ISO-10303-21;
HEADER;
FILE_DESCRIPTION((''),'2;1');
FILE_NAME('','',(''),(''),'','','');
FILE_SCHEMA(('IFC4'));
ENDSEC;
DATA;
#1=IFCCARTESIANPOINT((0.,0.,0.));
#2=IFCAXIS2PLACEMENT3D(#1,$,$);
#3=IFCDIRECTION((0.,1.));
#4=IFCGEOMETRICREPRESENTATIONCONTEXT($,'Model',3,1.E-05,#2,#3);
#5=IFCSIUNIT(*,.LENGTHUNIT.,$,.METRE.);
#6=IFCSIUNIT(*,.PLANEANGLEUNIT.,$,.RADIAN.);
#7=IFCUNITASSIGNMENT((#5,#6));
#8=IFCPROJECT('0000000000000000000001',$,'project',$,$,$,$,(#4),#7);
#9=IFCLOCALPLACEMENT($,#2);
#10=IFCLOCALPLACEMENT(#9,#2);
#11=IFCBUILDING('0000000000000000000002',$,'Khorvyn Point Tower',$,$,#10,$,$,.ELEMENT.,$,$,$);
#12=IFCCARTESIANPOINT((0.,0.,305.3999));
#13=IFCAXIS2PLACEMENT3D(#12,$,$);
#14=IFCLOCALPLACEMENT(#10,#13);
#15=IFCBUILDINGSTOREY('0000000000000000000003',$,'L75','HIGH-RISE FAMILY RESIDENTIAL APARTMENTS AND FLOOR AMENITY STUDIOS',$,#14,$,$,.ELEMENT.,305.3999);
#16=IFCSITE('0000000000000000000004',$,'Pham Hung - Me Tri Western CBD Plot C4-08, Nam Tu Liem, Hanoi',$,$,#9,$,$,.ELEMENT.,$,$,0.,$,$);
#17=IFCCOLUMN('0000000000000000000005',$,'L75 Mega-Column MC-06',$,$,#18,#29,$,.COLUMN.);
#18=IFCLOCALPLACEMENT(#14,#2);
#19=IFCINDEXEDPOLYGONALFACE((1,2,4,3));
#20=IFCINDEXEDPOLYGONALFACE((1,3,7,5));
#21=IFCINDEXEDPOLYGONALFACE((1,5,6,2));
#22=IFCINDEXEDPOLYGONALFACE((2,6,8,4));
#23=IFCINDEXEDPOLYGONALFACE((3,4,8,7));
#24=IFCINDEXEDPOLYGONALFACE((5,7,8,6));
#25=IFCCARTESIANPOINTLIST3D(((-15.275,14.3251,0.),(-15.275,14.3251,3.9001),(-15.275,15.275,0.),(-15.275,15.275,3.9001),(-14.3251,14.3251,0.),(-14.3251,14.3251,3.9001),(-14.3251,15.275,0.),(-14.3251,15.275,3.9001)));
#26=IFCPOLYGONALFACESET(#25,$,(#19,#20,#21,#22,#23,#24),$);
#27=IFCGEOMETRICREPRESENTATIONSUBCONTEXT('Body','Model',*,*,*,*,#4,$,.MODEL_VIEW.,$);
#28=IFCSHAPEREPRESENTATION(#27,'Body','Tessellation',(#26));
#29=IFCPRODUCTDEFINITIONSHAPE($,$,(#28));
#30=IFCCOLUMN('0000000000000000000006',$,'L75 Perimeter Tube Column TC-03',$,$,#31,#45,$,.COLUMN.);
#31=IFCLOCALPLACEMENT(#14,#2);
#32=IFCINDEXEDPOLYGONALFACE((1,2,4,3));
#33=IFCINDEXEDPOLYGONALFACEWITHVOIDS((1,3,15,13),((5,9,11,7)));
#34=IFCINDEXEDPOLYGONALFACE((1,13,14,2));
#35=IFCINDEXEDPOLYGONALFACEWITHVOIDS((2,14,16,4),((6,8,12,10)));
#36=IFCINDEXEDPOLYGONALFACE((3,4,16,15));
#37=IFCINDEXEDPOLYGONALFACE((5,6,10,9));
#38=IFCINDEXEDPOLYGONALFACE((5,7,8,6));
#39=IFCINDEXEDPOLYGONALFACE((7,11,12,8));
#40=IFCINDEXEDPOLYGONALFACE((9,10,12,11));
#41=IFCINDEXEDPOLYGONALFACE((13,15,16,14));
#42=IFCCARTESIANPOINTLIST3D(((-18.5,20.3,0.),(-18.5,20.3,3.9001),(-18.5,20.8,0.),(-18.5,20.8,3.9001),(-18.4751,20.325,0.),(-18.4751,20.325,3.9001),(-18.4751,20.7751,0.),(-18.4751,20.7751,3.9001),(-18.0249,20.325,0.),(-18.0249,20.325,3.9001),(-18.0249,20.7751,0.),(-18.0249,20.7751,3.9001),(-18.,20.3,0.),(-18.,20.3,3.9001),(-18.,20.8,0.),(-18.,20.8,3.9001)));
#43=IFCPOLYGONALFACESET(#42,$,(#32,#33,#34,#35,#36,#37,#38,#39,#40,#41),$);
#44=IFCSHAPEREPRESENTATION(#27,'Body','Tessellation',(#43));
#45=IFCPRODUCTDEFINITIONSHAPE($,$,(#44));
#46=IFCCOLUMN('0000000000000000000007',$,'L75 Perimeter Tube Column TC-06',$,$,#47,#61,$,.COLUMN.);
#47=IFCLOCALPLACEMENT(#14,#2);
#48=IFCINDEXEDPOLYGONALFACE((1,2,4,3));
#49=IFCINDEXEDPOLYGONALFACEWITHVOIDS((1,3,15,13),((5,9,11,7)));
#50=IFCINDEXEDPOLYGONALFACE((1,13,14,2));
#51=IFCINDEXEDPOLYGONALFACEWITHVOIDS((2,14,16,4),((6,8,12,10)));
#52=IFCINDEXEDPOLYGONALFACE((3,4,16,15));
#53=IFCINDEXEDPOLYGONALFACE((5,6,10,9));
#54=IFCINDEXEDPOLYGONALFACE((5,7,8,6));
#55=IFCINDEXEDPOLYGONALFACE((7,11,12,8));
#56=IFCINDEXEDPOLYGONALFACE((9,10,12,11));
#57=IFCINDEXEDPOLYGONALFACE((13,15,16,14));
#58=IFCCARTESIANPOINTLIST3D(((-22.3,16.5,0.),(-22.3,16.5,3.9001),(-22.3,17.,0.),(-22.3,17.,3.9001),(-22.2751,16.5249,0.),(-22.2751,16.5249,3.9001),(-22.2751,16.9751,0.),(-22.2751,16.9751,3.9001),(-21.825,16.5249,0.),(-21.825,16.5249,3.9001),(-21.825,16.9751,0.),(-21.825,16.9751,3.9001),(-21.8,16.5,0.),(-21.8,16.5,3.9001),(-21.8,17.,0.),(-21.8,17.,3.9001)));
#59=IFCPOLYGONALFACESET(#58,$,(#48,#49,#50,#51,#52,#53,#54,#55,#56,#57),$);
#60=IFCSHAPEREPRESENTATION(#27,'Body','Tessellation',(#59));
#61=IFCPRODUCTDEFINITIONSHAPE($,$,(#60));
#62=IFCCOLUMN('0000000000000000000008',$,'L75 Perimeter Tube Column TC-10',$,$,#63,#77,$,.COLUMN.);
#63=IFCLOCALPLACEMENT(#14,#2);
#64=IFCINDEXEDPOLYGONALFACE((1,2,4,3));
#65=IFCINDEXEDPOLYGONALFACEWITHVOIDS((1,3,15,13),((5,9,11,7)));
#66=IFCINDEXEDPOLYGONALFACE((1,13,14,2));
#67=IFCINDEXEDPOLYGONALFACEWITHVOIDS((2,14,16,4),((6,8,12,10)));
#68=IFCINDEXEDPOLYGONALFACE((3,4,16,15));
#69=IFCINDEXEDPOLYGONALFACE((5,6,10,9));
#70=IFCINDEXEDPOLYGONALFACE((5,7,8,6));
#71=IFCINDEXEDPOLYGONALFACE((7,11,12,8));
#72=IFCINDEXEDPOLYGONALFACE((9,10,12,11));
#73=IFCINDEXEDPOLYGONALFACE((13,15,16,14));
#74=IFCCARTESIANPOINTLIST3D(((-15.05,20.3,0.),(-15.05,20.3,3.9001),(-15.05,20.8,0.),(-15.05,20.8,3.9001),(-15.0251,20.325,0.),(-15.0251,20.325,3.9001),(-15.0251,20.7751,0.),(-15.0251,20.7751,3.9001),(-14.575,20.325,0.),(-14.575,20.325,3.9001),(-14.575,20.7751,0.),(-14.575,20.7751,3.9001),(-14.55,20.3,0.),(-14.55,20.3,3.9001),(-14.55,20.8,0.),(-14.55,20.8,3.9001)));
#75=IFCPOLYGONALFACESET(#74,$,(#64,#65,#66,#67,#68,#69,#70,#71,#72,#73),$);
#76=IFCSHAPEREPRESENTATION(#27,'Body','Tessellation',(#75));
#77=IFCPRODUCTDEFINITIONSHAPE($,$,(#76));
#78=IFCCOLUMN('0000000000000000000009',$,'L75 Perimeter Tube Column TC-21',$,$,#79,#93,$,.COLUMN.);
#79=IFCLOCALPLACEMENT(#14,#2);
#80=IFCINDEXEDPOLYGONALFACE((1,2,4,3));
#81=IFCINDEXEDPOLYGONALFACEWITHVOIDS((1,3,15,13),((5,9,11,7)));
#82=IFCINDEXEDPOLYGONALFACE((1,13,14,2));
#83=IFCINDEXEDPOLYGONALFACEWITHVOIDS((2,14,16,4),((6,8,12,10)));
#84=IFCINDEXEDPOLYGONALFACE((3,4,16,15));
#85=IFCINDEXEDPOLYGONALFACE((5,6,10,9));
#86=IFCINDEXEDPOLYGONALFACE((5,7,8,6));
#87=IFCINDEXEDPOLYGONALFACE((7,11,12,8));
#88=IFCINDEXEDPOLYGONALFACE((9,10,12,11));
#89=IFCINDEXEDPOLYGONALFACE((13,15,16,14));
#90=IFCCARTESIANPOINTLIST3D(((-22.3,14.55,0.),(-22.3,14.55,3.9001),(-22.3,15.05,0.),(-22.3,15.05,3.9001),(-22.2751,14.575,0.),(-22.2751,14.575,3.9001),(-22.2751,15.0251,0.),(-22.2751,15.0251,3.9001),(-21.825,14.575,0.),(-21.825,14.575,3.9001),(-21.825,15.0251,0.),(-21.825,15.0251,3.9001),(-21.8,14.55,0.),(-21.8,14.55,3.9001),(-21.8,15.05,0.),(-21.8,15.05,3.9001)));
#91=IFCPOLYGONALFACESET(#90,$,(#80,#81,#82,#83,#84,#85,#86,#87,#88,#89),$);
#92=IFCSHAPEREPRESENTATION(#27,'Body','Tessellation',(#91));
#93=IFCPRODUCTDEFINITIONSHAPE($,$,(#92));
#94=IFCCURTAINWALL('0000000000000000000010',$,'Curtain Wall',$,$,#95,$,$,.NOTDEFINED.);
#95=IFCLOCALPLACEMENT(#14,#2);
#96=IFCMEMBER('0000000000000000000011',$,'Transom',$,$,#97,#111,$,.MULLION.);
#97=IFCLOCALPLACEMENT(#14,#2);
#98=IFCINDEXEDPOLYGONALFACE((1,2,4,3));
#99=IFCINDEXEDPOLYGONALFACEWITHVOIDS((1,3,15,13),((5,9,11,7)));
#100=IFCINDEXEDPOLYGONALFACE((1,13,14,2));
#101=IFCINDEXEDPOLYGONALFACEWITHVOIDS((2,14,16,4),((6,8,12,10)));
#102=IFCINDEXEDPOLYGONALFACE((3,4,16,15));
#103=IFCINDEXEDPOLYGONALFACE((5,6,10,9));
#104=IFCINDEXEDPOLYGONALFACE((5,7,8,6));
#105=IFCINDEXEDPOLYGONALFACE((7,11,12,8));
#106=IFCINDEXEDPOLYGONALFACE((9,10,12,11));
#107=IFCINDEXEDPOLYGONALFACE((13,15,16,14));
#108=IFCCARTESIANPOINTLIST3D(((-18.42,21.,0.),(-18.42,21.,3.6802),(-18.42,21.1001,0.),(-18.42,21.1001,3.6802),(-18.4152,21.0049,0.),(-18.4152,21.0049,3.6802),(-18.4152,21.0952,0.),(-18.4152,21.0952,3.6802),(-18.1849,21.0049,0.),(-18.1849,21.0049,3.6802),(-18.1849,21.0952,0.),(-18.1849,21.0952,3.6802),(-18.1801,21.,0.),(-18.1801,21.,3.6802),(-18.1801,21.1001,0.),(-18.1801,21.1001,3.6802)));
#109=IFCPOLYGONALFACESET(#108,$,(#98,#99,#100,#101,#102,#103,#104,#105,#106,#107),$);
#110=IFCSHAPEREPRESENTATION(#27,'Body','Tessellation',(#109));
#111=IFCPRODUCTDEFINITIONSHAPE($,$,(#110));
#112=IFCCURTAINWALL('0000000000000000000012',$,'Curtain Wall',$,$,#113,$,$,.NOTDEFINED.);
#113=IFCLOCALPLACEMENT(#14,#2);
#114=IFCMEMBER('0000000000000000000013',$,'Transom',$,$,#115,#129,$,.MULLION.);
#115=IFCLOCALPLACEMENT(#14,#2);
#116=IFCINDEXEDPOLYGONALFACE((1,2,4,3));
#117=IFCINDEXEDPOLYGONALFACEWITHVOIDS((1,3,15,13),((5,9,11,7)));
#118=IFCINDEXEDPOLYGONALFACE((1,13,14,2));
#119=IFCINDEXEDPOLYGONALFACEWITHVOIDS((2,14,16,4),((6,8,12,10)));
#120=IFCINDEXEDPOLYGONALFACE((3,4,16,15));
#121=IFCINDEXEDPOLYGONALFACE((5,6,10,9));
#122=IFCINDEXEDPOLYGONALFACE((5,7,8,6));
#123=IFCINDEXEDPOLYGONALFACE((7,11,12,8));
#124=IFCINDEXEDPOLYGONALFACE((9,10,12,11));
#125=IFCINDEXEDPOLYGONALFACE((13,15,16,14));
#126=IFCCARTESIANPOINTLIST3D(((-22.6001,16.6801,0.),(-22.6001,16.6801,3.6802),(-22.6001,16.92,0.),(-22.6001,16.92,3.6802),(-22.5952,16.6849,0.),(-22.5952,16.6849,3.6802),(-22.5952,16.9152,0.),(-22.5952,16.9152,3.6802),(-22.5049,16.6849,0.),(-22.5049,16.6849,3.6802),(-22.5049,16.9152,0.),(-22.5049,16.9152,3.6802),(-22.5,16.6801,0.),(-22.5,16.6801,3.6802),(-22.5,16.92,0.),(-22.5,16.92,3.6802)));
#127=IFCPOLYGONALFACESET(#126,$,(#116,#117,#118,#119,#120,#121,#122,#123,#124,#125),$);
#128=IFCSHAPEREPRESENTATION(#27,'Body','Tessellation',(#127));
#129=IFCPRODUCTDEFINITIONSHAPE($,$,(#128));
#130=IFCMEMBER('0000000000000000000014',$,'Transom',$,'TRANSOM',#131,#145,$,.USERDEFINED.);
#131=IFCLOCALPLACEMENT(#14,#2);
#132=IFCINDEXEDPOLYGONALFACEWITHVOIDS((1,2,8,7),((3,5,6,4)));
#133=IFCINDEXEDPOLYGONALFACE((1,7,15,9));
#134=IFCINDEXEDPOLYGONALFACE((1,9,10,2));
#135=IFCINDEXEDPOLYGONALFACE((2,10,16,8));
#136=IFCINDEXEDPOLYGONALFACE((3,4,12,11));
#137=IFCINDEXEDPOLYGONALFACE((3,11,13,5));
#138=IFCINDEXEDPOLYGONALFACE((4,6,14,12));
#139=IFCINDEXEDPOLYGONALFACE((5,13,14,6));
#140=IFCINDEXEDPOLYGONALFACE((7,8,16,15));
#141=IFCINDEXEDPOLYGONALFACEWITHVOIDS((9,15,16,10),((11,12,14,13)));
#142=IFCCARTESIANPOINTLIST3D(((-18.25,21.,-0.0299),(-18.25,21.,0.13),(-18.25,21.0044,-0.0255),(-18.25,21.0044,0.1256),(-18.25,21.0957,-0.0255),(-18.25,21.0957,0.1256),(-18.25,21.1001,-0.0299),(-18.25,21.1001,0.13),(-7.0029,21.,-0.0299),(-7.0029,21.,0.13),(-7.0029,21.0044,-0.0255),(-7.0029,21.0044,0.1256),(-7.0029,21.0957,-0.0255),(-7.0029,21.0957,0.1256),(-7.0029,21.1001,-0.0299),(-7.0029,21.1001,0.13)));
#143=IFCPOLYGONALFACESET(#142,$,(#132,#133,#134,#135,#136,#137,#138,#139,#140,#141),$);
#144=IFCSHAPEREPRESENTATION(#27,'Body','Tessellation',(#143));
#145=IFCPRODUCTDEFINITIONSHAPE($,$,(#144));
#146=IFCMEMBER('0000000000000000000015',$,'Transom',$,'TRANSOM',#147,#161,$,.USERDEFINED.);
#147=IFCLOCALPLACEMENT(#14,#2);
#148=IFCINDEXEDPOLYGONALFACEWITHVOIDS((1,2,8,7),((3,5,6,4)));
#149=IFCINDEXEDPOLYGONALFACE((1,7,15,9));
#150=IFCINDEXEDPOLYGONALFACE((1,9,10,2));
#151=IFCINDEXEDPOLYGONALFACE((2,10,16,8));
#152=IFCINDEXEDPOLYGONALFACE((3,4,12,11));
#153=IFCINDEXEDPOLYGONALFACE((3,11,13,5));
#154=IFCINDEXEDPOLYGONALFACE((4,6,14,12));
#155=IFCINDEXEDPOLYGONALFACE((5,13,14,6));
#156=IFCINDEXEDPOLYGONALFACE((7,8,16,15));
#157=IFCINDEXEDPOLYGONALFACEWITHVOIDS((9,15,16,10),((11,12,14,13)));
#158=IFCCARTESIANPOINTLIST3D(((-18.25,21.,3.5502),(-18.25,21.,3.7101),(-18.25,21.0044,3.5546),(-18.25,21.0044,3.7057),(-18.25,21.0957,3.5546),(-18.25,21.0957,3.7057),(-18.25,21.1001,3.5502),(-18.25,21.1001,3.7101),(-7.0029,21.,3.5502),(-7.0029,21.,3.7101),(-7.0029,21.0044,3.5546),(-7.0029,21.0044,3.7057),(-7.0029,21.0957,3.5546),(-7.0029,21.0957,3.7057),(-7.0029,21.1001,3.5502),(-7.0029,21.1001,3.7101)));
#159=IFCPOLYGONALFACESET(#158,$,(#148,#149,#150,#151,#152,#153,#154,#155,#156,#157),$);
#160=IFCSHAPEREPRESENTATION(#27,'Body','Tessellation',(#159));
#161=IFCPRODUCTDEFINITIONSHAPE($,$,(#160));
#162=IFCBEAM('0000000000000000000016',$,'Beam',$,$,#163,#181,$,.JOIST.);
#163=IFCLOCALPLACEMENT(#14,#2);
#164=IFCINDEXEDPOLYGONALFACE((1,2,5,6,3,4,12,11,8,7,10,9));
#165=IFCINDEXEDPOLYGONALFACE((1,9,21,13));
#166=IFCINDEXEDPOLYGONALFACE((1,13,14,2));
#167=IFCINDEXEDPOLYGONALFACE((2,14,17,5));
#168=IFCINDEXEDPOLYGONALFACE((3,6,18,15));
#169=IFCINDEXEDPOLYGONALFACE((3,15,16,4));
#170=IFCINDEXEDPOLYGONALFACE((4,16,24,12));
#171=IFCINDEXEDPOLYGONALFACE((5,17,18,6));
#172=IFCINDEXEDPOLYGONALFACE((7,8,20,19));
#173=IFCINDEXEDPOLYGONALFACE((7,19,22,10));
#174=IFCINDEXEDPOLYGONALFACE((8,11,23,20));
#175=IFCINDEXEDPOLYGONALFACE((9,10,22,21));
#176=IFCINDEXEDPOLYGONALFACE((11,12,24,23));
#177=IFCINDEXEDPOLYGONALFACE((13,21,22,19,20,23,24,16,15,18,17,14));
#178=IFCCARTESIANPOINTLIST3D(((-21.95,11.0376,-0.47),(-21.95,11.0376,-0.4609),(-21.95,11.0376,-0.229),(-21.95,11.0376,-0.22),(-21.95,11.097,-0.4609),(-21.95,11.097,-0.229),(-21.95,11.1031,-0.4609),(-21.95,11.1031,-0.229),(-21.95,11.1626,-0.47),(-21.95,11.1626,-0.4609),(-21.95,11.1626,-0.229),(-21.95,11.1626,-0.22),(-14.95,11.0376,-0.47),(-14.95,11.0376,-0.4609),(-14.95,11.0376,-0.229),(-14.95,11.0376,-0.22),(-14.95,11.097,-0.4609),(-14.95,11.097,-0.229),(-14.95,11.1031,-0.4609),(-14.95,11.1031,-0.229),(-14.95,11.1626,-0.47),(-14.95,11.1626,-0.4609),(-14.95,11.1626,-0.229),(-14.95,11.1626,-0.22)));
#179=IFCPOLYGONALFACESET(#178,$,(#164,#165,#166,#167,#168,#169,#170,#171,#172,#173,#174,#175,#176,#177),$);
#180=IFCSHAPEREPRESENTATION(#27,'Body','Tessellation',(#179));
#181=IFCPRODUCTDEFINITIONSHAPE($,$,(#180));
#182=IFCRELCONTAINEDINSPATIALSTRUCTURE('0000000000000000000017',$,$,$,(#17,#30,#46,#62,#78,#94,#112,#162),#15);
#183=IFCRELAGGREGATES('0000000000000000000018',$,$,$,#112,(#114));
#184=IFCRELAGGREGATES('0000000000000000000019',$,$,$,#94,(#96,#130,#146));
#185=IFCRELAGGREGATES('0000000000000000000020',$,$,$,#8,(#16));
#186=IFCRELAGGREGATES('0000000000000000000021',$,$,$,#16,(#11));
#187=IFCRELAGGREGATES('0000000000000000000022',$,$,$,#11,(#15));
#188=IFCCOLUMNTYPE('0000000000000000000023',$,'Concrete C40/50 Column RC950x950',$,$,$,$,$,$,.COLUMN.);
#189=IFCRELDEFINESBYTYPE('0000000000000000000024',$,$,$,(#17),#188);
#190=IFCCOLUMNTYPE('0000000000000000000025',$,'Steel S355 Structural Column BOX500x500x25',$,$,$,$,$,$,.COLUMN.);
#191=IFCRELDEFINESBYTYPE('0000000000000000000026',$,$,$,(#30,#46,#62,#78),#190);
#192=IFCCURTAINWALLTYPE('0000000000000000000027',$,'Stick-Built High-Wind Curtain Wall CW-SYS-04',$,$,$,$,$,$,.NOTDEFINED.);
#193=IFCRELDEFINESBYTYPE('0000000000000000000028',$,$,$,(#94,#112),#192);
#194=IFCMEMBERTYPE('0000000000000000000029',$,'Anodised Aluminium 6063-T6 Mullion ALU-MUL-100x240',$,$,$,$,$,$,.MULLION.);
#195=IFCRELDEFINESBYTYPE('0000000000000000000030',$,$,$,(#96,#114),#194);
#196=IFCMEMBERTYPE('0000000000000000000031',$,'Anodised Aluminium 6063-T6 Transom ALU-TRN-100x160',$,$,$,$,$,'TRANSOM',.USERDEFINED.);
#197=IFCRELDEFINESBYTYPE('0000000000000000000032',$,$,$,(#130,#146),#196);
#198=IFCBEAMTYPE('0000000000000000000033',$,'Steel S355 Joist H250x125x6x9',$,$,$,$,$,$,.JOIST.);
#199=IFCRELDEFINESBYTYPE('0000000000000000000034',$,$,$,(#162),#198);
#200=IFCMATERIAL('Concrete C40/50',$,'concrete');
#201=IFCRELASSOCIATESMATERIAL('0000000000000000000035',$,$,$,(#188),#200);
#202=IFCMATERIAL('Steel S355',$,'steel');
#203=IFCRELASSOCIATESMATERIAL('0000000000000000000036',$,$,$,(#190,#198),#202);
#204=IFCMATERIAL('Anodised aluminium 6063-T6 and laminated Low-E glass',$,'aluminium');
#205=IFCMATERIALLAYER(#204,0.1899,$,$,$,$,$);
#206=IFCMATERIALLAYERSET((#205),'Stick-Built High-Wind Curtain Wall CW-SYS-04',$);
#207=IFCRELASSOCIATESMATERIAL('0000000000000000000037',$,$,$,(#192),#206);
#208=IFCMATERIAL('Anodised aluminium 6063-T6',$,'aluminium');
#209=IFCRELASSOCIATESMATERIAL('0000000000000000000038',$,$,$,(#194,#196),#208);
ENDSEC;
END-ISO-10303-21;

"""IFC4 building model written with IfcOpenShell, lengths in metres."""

from ifc_helpers import new_model, si_unit, direction, frame, origin, origin_2d, place, context, subcontext, project, spatial, rectangle, hollow_rectangle, i_section, extrude, material, layer, layer_set, material_profile, profile_set, type_object, element, aggregate, save


model = new_model("IFC4")

# Units and contexts
model_context = context("Model", 3, precision=1e-05, world=origin(), true_north=direction((0.0, 1.0)))
body_context = subcontext(model_context, "Body", "Model", "MODEL_VIEW")
ifc_project = project(units=[si_unit("LENGTHUNIT", "METRE"), si_unit("PLANEANGLEUNIT", "RADIAN")], contexts=[model_context])

# Site, building, storey
site_placement = place(None, origin())
site = spatial("IfcSite", under=ifc_project, at=site_placement, Name="Pham Hung - Me Tri Western CBD Plot C4-08, Nam Tu Liem, Hanoi", CompositionType="ELEMENT", RefElevation=0.0)
building_placement = place(site_placement, origin())
building = spatial("IfcBuilding", under=site, at=building_placement, Name="Khorvyn Point Tower", CompositionType="ELEMENT")
storey_placement = place(building_placement, frame((0.0, 0.0, 305.3999)))
storey = spatial("IfcBuildingStorey", under=building, at=storey_placement, Name="L75", Description="HIGH-RISE FAMILY RESIDENTIAL APARTMENTS AND FLOOR AMENITY STUDIOS", CompositionType="ELEMENT", Elevation=305.3999)

# Columns
ifc_material_1 = material(Name="Concrete C40/50", Category="concrete")
ifc_material_profile_1 = material_profile(ifc_material_1, rectangle(XDim=0.95, YDim=0.95, at=origin_2d()))
ifc_profile_set_1 = profile_set([ifc_material_profile_1], Name="Concrete C40/50 RC950x950")
column_type_1 = type_object("IfcColumnType", Name="Concrete C40/50 Column RC950x950", PredefinedType="COLUMN", material=ifc_profile_set_1)
column_placement = place(storey_placement, frame((-14.8, 14.8, 0.0), z_axis=(0.0, 0.0, 1.0), x_axis=(1.0, 0.0, 0.0)))
element("IfcColumn", 1, at=column_placement, inside=storey, type_object=column_type_1, Name="L75 Mega-Column MC-06", PredefinedType="COLUMN", context=body_context, shape_type="SweptSolid", body=[
    extrude(rectangle(XDim=0.95, YDim=0.95, at=origin_2d()), origin(), (0.0, 0.0, 1.0), 3.9001),
])
ifc_material_2 = material(Name="Steel S355", Category="steel")
ifc_material_profile_2 = material_profile(ifc_material_2, hollow_rectangle(XDim=0.5, YDim=0.5, WallThickness=0.0249, at=origin_2d()))
ifc_profile_set_2 = profile_set([ifc_material_profile_2], Name="Steel S355 BOX500x500x25")
column_type_2 = type_object("IfcColumnType", Name="Steel S355 Structural Column BOX500x500x25", PredefinedType="COLUMN", material=ifc_profile_set_2)
for number, where, z_axis, x_axis, name in (
    (2, (-18.25, 20.55, 0.0), (0.0, 0.0, 1.0), (1.0, 0.0, 0.0), "L75 Perimeter Tube Column TC-03"),
    (3, (-22.05, 16.75, 0.0), (0.0, 0.0, 1.0), (1.0, 0.0, 0.0), "L75 Perimeter Tube Column TC-06"),
    (4, (-14.8, 20.55, 0.0), (0.0, 0.0, 1.0), (1.0, 0.0, 0.0), "L75 Perimeter Tube Column TC-10"),
    (5, (-22.05, 14.8, 0.0), (0.0, 0.0, 1.0), (1.0, 0.0, 0.0), "L75 Perimeter Tube Column TC-21"),
):
    element("IfcColumn", number, at=place(storey_placement, frame(where, z_axis=z_axis, x_axis=x_axis)), inside=storey, type_object=column_type_2, Name=name, PredefinedType="COLUMN", context=body_context, shape_type="SweptSolid", body=[
        extrude(hollow_rectangle(XDim=0.5, YDim=0.5, WallThickness=0.0249, at=origin_2d()), origin(), (0.0, 0.0, 1.0), 3.9001),
    ])

# Curtain walls, members
ifc_material_3 = material(Name="Anodised aluminium 6063-T6 and laminated Low-E glass", Category="aluminium")
ifc_layer_1 = layer(ifc_material_3, 0.1899)
ifc_layer_set_1 = layer_set([ifc_layer_1], Name="Stick-Built High-Wind Curtain Wall CW-SYS-04")
curtain_wall_type = type_object("IfcCurtainWallType", Name="Stick-Built High-Wind Curtain Wall CW-SYS-04", PredefinedType="NOTDEFINED", material=ifc_layer_set_1)
curtain_wall_1_placement = place(storey_placement, origin())
curtain_wall_1 = element("IfcCurtainWall", 6, at=curtain_wall_1_placement, inside=storey, type_object=curtain_wall_type, Name="Curtain Wall", PredefinedType="NOTDEFINED")
ifc_material_4 = material(Name="Anodised aluminium 6063-T6", Category="aluminium")
ifc_material_profile_3 = material_profile(ifc_material_4, hollow_rectangle(XDim=0.1001, YDim=0.24, WallThickness=0.0049, at=origin_2d()))
ifc_profile_set_3 = profile_set([ifc_material_profile_3], Name="Anodised aluminium 6063-T6 ALU-MUL-100x240")
member_type_1 = type_object("IfcMemberType", Name="Anodised Aluminium 6063-T6 Mullion ALU-MUL-100x240", PredefinedType="MULLION", material=ifc_profile_set_3)
member_1_placement = place(storey_placement, frame((-18.3, 21.05, 0.0), z_axis=(0.0, 0.0, 1.0), x_axis=(0.0, 1.0, 0.0)))
member_1 = element("IfcMember", 7, at=member_1_placement, type_object=member_type_1, Name="Transom", PredefinedType="MULLION", context=body_context, shape_type="SweptSolid", body=[
    extrude(hollow_rectangle(XDim=0.1001, YDim=0.24, WallThickness=0.0049, at=origin_2d()), origin(), (0.0, 0.0, 1.0), 3.6802),
])
curtain_wall_2_placement = place(storey_placement, origin())
curtain_wall_2 = element("IfcCurtainWall", 8, at=curtain_wall_2_placement, inside=storey, type_object=curtain_wall_type, Name="Curtain Wall", PredefinedType="NOTDEFINED")
member_2_placement = place(storey_placement, frame((-22.55, 16.8, 0.0), z_axis=(0.0, 0.0, 1.0), x_axis=(-1.0, 0.0, 0.0)))
member_2 = element("IfcMember", 9, at=member_2_placement, type_object=member_type_1, Name="Transom", PredefinedType="MULLION", context=body_context, shape_type="SweptSolid", body=[
    extrude(hollow_rectangle(XDim=0.1001, YDim=0.24, WallThickness=0.0049, at=origin_2d()), origin(), (0.0, 0.0, 1.0), 3.6802),
])
aggregate(curtain_wall_2, [member_2])

# Members
ifc_material_profile_4 = material_profile(ifc_material_4, hollow_rectangle(XDim=0.1001, YDim=0.1599, WallThickness=0.0044, at=origin_2d()))
ifc_profile_set_4 = profile_set([ifc_material_profile_4], Name="Anodised aluminium 6063-T6 ALU-TRN-100x160")
member_type_2 = type_object("IfcMemberType", Name="Anodised Aluminium 6063-T6 Transom ALU-TRN-100x160", ElementType="TRANSOM", PredefinedType="USERDEFINED", material=ifc_profile_set_4)
member_3_placement = place(storey_placement, frame((-18.25, 21.05, 0.05), z_axis=(1.0, 0.0, 0.0), x_axis=(0.0, 1.0, 0.0)))
member_3 = element("IfcMember", 10, at=member_3_placement, type_object=member_type_2, Name="Transom", ObjectType="TRANSOM", PredefinedType="USERDEFINED", context=body_context, shape_type="SweptSolid", body=[
    extrude(hollow_rectangle(XDim=0.1001, YDim=0.1599, WallThickness=0.0044, at=origin_2d()), origin(), (0.0, 0.0, 1.0), 11.2471),
])
member_4_placement = place(storey_placement, frame((-18.25, 21.05, 3.6301), z_axis=(1.0, 0.0, 0.0), x_axis=(0.0, 1.0, 0.0)))
member_4 = element("IfcMember", 11, at=member_4_placement, type_object=member_type_2, Name="Transom", ObjectType="TRANSOM", PredefinedType="USERDEFINED", context=body_context, shape_type="SweptSolid", body=[
    extrude(hollow_rectangle(XDim=0.1001, YDim=0.1599, WallThickness=0.0044, at=origin_2d()), origin(), (0.0, 0.0, 1.0), 11.2471),
])
aggregate(curtain_wall_1, [member_1, member_3, member_4])

# Beam
ifc_material_profile_5 = material_profile(ifc_material_2, i_section(OverallWidth=0.125, OverallDepth=0.25, WebThickness=0.0061, FlangeThickness=0.009, at=origin_2d()))
ifc_profile_set_5 = profile_set([ifc_material_profile_5], Name="Steel S355 H250x125x6x9")
beam_type_1 = type_object("IfcBeamType", Name="Steel S355 Joist H250x125x6x9", PredefinedType="JOIST", material=ifc_profile_set_5)
beam_1_placement = place(storey_placement, frame((-21.95, 11.1001, -0.345), z_axis=(1.0, 0.0, 0.0), x_axis=(0.0, 1.0, 0.0)))
element("IfcBeam", 12, at=beam_1_placement, inside=storey, type_object=beam_type_1, Name="Beam", PredefinedType="JOIST", context=body_context, shape_type="SweptSolid", body=[
    extrude(i_section(OverallWidth=0.125, OverallDepth=0.25, WebThickness=0.0061, FlangeThickness=0.009, at=origin_2d()), origin(), (0.0, 0.0, 1.0), 7.0),
])

save(model, "model.ifc")
